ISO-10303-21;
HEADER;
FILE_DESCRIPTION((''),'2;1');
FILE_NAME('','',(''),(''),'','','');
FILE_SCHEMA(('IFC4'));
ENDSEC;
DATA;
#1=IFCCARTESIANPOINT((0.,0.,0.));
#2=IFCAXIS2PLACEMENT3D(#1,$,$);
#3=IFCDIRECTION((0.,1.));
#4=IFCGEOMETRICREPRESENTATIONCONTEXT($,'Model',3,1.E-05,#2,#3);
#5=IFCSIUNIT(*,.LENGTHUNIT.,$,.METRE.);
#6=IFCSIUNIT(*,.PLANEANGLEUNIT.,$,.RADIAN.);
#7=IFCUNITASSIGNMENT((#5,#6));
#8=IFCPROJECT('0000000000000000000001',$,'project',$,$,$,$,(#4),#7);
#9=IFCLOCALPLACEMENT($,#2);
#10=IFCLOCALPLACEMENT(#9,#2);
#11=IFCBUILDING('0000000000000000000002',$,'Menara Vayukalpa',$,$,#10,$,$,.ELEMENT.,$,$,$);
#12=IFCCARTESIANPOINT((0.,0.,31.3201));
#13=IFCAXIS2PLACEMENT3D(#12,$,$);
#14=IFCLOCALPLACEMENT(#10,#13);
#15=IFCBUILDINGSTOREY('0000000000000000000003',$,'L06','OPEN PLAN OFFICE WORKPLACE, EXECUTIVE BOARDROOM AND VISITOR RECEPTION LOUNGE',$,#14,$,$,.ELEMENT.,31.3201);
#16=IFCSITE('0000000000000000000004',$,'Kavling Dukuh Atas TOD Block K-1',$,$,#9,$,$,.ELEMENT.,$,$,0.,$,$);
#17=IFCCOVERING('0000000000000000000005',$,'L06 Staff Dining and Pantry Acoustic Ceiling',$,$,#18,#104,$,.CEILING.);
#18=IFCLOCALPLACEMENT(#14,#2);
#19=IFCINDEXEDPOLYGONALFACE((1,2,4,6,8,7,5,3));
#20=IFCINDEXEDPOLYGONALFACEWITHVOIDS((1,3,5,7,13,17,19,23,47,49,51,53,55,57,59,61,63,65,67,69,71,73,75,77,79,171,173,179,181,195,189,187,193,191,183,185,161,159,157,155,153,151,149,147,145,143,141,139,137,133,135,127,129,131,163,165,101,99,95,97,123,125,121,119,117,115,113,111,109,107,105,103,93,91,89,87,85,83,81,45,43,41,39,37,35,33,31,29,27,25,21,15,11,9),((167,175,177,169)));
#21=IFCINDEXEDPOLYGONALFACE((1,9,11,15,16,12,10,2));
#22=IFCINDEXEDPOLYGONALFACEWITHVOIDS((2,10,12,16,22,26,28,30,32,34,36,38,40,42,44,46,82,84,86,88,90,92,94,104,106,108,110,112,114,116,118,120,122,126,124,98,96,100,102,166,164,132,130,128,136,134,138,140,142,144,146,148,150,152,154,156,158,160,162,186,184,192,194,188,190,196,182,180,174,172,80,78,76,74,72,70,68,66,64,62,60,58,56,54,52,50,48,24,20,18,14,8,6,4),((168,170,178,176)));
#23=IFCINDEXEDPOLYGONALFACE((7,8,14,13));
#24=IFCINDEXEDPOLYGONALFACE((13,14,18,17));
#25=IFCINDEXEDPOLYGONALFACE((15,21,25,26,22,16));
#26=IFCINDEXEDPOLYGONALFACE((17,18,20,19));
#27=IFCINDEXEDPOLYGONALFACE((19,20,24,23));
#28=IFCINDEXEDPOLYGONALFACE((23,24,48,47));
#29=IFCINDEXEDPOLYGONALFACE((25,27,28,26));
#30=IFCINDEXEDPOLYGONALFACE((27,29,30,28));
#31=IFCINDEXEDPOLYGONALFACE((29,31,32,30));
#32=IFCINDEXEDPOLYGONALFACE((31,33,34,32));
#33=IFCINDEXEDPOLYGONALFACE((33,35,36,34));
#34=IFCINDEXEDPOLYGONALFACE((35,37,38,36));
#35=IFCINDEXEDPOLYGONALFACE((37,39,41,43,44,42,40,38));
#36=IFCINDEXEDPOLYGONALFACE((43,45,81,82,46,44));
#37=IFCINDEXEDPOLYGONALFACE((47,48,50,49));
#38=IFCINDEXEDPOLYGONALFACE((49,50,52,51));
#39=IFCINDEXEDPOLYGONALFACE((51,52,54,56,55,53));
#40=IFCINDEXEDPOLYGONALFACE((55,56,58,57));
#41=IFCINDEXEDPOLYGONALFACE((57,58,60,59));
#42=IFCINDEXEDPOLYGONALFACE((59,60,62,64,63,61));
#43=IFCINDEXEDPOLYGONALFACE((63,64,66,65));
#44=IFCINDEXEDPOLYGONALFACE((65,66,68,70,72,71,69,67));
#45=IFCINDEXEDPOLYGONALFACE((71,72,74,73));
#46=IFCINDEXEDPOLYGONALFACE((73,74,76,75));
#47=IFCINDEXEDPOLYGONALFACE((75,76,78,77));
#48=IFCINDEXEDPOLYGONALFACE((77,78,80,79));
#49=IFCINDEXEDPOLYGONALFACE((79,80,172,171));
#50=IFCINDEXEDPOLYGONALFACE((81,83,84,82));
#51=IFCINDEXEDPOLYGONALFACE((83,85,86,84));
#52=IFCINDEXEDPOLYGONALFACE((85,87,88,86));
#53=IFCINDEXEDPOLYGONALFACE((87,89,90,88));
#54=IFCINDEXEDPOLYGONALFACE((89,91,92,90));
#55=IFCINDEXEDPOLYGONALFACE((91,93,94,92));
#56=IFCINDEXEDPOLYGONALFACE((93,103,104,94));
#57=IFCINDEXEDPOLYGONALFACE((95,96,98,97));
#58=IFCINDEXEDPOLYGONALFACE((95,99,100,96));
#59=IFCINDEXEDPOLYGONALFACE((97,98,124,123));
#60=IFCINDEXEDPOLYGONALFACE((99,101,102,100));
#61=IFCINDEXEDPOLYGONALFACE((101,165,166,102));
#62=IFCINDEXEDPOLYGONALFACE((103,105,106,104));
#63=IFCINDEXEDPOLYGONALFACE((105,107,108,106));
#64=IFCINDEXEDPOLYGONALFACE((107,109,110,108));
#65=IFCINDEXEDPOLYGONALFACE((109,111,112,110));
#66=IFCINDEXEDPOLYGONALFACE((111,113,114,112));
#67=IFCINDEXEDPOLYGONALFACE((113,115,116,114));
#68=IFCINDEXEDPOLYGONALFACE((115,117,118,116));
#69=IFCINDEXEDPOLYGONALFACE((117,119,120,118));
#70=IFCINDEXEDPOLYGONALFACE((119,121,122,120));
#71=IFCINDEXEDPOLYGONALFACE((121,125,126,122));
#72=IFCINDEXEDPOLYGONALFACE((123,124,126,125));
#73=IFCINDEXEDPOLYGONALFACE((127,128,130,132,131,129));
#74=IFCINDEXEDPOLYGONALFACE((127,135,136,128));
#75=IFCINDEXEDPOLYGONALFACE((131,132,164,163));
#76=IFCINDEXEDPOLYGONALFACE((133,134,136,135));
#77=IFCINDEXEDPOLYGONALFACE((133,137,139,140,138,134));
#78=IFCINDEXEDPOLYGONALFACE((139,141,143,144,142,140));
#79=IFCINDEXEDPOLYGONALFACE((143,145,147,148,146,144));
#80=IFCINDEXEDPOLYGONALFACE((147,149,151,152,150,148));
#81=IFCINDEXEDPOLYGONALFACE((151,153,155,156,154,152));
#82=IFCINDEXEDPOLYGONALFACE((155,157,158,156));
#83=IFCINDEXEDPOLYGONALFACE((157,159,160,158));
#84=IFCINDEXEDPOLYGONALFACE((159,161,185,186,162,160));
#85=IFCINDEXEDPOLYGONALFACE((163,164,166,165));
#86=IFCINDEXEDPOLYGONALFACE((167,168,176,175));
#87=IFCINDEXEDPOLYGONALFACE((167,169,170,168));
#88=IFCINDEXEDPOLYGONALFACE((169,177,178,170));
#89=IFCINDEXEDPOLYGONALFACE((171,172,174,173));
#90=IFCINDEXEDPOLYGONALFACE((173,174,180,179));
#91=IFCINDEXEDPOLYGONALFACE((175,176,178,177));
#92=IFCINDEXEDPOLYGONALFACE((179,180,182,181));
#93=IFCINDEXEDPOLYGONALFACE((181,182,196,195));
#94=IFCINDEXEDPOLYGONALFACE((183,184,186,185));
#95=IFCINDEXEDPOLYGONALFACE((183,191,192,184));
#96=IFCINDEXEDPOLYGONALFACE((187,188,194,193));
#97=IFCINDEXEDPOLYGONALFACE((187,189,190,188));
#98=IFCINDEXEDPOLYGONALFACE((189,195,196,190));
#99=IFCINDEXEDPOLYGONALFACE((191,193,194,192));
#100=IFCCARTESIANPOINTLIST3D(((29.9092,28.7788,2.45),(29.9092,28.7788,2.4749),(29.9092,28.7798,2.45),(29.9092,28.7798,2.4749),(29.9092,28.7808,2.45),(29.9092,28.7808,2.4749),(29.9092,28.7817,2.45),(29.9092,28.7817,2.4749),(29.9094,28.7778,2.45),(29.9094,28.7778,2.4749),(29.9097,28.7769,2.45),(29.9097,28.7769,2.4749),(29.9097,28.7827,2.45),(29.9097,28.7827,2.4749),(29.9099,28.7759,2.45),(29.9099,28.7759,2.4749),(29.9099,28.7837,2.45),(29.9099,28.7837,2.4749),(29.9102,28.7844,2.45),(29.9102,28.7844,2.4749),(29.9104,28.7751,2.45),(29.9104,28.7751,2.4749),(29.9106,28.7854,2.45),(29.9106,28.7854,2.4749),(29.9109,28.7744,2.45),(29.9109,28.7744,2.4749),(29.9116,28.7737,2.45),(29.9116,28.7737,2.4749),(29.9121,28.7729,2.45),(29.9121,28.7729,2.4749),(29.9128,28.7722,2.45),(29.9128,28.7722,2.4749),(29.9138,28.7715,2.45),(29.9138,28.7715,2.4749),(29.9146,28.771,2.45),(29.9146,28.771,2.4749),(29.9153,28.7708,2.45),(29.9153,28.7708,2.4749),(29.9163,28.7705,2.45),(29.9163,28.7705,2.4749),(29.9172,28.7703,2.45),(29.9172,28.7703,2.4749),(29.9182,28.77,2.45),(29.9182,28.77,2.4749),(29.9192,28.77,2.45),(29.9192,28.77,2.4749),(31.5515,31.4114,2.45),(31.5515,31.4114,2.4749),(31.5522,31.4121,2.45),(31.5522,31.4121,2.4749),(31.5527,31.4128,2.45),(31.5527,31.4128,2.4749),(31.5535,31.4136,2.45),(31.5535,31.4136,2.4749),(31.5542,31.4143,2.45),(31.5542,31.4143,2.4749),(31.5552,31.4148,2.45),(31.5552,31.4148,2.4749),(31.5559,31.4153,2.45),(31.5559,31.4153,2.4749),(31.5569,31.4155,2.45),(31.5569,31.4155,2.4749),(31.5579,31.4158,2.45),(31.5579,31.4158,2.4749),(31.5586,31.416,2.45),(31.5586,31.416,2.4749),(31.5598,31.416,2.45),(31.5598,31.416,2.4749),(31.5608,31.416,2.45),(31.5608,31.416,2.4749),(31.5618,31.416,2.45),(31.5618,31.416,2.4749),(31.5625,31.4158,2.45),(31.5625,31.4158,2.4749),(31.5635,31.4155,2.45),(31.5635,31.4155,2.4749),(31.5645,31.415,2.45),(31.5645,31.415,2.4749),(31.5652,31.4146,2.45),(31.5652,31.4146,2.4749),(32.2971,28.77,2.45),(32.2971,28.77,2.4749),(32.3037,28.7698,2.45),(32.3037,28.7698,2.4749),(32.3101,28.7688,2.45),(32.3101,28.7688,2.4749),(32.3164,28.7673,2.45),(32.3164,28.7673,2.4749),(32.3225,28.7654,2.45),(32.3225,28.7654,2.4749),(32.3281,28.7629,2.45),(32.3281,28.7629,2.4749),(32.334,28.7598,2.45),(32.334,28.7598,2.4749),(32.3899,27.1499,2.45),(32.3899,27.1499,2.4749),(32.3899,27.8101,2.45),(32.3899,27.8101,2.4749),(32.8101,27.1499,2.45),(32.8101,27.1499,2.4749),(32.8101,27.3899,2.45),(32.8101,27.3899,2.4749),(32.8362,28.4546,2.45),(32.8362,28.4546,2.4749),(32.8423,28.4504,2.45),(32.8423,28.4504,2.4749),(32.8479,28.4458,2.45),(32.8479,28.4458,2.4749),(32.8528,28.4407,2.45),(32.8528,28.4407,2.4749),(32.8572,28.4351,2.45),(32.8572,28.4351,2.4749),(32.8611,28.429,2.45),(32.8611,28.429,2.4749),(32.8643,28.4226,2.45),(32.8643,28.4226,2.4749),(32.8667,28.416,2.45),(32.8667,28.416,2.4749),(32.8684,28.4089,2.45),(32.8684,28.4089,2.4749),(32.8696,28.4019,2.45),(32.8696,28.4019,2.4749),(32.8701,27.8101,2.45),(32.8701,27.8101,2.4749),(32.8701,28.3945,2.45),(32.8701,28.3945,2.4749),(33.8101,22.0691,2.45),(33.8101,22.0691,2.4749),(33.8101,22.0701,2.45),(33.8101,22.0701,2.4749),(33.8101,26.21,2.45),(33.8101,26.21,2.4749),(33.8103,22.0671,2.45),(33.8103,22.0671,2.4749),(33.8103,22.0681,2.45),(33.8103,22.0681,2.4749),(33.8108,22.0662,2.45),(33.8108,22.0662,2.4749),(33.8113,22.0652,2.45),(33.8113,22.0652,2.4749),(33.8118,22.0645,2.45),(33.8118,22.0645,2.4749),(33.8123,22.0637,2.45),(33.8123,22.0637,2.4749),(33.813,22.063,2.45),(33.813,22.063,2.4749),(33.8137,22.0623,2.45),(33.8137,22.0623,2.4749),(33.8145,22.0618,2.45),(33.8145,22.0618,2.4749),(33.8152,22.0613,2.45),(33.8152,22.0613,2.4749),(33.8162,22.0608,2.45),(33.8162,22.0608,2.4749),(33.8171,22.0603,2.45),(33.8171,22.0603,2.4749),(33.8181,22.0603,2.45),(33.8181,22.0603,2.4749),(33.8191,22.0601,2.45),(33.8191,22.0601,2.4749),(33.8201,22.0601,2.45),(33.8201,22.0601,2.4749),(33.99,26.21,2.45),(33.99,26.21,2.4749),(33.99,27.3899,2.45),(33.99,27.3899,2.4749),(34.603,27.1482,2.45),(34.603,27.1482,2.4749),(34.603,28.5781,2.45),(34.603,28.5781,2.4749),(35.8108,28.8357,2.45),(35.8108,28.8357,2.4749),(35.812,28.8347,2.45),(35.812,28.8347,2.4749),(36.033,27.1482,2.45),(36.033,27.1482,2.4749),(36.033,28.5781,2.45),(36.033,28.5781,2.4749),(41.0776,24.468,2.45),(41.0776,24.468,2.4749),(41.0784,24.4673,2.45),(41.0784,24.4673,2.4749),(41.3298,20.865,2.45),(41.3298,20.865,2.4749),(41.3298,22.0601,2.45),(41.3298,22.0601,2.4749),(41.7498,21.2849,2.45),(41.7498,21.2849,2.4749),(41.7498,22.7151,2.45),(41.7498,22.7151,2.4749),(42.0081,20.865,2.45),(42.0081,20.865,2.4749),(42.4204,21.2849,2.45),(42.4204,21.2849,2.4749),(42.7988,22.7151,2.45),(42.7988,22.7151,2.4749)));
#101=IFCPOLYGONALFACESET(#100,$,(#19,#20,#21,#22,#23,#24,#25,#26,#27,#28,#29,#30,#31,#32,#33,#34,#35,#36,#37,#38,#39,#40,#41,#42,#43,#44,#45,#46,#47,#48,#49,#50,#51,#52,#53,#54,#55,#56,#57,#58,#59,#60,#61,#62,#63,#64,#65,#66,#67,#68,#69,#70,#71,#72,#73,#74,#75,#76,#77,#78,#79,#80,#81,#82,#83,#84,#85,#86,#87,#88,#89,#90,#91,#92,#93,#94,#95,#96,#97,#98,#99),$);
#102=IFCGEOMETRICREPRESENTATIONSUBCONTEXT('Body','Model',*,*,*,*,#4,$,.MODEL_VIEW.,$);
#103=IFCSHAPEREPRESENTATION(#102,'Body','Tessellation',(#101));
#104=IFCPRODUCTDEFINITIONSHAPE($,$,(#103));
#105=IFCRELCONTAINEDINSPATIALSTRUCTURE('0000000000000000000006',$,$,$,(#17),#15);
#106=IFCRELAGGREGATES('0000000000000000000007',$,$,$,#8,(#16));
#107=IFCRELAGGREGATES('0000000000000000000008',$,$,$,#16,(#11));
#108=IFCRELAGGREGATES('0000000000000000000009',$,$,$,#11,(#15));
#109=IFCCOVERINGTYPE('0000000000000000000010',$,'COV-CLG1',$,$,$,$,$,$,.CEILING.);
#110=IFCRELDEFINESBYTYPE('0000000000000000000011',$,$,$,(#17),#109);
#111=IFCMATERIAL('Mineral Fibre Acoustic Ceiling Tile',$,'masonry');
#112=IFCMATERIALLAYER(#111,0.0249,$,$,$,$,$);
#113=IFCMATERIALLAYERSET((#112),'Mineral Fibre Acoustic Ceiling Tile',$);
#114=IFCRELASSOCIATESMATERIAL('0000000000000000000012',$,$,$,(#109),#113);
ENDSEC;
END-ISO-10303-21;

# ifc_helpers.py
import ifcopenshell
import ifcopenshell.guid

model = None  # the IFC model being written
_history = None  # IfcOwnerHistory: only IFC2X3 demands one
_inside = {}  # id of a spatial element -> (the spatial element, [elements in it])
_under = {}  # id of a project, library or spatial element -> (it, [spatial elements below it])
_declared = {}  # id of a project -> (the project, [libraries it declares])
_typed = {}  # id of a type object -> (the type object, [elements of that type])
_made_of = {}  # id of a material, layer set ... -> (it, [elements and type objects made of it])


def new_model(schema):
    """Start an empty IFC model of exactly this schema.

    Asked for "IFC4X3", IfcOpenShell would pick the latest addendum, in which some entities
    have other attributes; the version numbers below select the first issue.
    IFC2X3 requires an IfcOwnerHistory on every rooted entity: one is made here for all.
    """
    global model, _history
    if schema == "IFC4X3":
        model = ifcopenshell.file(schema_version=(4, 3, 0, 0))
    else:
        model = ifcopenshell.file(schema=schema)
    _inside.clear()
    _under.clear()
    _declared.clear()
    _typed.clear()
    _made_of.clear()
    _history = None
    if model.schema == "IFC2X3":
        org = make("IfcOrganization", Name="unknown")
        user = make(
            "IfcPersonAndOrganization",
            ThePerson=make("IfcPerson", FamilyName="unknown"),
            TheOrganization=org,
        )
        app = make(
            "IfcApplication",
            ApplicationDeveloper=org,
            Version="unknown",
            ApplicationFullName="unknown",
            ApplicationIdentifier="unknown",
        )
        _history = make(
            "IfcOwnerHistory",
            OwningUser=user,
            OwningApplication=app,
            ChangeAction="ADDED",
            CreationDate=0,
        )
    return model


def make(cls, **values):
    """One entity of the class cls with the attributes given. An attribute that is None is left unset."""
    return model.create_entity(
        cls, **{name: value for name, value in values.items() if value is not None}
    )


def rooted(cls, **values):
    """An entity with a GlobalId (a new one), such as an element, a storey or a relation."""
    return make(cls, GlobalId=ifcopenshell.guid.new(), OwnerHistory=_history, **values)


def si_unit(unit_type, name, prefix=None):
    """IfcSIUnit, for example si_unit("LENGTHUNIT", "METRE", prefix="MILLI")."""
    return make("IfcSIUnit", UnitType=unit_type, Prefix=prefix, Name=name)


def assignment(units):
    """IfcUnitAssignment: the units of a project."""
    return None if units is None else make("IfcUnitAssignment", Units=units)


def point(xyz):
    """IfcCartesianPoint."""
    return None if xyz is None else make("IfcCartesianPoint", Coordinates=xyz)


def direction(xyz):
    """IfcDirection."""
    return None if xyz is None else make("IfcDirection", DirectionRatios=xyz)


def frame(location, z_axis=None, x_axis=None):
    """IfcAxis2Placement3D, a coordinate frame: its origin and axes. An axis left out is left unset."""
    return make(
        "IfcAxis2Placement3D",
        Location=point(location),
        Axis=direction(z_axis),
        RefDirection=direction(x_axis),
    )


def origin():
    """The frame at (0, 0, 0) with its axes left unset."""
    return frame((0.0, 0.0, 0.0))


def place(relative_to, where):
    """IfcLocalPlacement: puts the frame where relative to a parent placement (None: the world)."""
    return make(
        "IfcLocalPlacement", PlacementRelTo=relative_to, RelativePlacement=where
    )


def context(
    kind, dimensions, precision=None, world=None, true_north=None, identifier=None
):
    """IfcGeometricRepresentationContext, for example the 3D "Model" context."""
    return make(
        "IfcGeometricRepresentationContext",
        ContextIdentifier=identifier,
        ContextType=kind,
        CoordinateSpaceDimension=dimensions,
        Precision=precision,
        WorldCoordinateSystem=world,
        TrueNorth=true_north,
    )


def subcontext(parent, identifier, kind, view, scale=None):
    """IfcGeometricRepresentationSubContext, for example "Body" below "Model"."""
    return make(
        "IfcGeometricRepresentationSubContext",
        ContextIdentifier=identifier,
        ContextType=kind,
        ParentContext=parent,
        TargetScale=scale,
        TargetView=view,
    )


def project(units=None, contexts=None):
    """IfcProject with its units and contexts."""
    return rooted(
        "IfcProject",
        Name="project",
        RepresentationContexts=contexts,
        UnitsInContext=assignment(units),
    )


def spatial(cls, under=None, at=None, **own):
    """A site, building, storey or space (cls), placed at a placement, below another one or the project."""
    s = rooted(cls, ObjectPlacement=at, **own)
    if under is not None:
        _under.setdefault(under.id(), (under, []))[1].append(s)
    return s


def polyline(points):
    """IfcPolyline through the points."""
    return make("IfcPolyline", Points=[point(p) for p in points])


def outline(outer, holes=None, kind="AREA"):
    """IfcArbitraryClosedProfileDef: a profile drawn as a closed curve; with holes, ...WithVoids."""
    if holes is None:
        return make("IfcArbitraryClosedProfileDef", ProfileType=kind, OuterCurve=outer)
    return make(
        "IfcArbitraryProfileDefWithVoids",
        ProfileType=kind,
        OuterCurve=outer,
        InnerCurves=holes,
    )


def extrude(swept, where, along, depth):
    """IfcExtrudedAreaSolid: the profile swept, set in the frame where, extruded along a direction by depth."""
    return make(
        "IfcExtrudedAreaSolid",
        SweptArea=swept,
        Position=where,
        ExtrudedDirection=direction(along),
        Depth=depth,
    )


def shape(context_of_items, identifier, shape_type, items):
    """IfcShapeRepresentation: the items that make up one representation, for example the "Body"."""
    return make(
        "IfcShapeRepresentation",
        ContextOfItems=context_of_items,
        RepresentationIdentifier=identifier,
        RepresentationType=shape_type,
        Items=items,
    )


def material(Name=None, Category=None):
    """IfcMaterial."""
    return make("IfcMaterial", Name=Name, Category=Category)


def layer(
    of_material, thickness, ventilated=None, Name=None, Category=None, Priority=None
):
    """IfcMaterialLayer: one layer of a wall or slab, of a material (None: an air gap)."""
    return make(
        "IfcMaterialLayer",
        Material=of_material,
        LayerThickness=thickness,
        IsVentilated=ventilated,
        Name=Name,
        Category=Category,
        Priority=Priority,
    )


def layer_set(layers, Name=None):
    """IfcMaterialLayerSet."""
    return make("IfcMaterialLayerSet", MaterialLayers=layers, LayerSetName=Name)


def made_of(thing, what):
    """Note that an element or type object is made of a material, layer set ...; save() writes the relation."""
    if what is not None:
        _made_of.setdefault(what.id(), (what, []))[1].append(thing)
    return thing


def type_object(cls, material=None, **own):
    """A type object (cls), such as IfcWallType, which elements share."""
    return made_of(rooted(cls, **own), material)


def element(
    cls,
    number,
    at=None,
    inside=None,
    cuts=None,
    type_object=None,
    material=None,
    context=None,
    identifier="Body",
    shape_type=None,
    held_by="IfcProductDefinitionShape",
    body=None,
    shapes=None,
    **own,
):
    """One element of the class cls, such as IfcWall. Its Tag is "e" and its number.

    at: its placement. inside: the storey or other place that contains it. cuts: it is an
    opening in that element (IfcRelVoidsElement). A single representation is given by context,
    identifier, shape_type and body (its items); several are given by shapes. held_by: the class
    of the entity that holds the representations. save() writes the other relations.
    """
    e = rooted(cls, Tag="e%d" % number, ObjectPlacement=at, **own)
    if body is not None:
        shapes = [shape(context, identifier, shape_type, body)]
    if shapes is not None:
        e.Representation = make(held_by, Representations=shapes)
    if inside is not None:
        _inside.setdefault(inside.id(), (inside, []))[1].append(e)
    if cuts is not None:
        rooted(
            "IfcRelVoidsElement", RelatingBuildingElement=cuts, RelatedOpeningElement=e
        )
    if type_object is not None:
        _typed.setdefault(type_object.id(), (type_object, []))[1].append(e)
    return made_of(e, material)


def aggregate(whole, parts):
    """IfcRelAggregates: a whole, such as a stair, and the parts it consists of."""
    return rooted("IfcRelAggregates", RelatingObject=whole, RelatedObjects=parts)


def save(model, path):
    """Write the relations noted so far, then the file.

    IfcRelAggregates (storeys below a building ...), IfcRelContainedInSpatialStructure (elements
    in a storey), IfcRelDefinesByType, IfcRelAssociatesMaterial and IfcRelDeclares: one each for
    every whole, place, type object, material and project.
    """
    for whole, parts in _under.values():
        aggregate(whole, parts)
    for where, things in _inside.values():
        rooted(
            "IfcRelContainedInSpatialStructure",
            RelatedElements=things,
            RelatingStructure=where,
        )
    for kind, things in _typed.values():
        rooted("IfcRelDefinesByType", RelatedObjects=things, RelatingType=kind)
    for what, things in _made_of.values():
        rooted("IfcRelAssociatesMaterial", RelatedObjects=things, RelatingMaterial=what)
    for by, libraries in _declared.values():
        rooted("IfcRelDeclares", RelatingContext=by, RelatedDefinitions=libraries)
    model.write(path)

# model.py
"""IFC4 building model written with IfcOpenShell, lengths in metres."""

from ifc_helpers import new_model, si_unit, direction, frame, origin, place, context, subcontext, project, spatial, polyline, outline, extrude, material, layer, layer_set, type_object, element, save


model = new_model("IFC4")

# Units and contexts
model_context = context("Model", 3, precision=1e-05, world=origin(), true_north=direction((0.0, 1.0)))
body_context = subcontext(model_context, "Body", "Model", "MODEL_VIEW")
ifc_project = project(units=[si_unit("LENGTHUNIT", "METRE"), si_unit("PLANEANGLEUNIT", "RADIAN")], contexts=[model_context])

# Site, building, storey
site_placement = place(None, origin())
site = spatial("IfcSite", under=ifc_project, at=site_placement, Name="Kavling Dukuh Atas TOD Block K-1", CompositionType="ELEMENT", RefElevation=0.0)
building_placement = place(site_placement, origin())
building = spatial("IfcBuilding", under=site, at=building_placement, Name="Menara Vayukalpa", CompositionType="ELEMENT")
storey_placement = place(building_placement, frame((0.0, 0.0, 31.3201)))
storey = spatial("IfcBuildingStorey", under=building, at=storey_placement, Name="L06", Description="OPEN PLAN OFFICE WORKPLACE, EXECUTIVE BOARDROOM AND VISITOR RECEPTION LOUNGE", CompositionType="ELEMENT", Elevation=31.3201)

# Covering
ifc_material_1 = material(Name="Mineral Fibre Acoustic Ceiling Tile", Category="masonry")
ifc_layer_1 = layer(ifc_material_1, 0.0249)
ifc_layer_set_1 = layer_set([ifc_layer_1], Name="Mineral Fibre Acoustic Ceiling Tile")
covering_type_1 = type_object("IfcCoveringType", Name="COV-CLG1", PredefinedType="CEILING", material=ifc_layer_set_1)
covering_1_placement = place(storey_placement, frame((0.0, 0.0, 2.45)))
element("IfcCovering", 1, at=covering_1_placement, inside=storey, type_object=covering_type_1, Name="L06 Staff Dining and Pantry Acoustic Ceiling", PredefinedType="CEILING", context=body_context, shape_type="SweptSolid", body=[
    extrude(outline(polyline([(33.8191, 22.0601), (33.8181, 22.0603), (33.8171, 22.0603), (33.8162, 22.0608), (33.8152, 22.0613), (33.8145, 22.0618), (33.8137, 22.0623), (33.813, 22.063), (33.8123, 22.0637), (33.8118, 22.0645), (33.8113, 22.0652), (33.8108, 22.0662), (33.8103, 22.0671), (33.8103, 22.0681), (33.8101, 22.0691), (33.8101, 22.0701), (33.8101, 26.21), (33.99, 26.21), (33.99, 27.3899), (32.8101, 27.3899), (32.8101, 27.1499), (32.3899, 27.1499), (32.3899, 27.8101), (32.8701, 27.8101), (32.8701, 28.3945), (32.8696, 28.4019), (32.8684, 28.4089), (32.8667, 28.416), (32.8643, 28.4226), (32.8611, 28.429), (32.8572, 28.4351), (32.8528, 28.4407), (32.8479, 28.4458), (32.8423, 28.4504), (32.8362, 28.4546), (32.334, 28.7598), (32.3281, 28.7629), (32.3225, 28.7654), (32.3164, 28.7673), (32.3101, 28.7688), (32.3037, 28.7698), (32.2971, 28.77), (29.9192, 28.77), (29.9182, 28.77), (29.9172, 28.7703), (29.9163, 28.7705), (29.9153, 28.7708), (29.9146, 28.771), (29.9138, 28.7715), (29.9128, 28.7722), (29.9121, 28.7729), (29.9116, 28.7737), (29.9109, 28.7744), (29.9104, 28.7751), (29.9099, 28.7759), (29.9097, 28.7769), (29.9094, 28.7778), (29.9092, 28.7788), (29.9092, 28.7798), (29.9092, 28.7808), (29.9092, 28.7817), (29.9097, 28.7827), (29.9099, 28.7837), (29.9102, 28.7844), (29.9106, 28.7854), (31.5515, 31.4114), (31.5522, 31.4121), (31.5527, 31.4128), (31.5535, 31.4136), (31.5542, 31.4143), (31.5552, 31.4148), (31.5559, 31.4153), (31.5569, 31.4155), (31.5579, 31.4158), (31.5586, 31.416), (31.5598, 31.416), (31.5608, 31.416), (31.5618, 31.416), (31.5625, 31.4158), (31.5635, 31.4155), (31.5645, 31.415), (31.5652, 31.4146), (35.8108, 28.8357), (35.812, 28.8347), (41.0776, 24.468), (41.0784, 24.4673), (42.7988, 22.7151), (41.7498, 22.7151), (41.7498, 21.2849), (42.4204, 21.2849), (42.0081, 20.865), (41.3298, 20.865), (41.3298, 22.0601), (33.8201, 22.0601), (33.8191, 22.0601)]), holes=[polyline([(36.033, 27.1482), (36.033, 28.5781), (34.603, 28.5781), (34.603, 27.1482), (36.033, 27.1482)])]), origin(), (0.0, 0.0, 1.0), 0.0249),
])

save(model, "model.ifc")
